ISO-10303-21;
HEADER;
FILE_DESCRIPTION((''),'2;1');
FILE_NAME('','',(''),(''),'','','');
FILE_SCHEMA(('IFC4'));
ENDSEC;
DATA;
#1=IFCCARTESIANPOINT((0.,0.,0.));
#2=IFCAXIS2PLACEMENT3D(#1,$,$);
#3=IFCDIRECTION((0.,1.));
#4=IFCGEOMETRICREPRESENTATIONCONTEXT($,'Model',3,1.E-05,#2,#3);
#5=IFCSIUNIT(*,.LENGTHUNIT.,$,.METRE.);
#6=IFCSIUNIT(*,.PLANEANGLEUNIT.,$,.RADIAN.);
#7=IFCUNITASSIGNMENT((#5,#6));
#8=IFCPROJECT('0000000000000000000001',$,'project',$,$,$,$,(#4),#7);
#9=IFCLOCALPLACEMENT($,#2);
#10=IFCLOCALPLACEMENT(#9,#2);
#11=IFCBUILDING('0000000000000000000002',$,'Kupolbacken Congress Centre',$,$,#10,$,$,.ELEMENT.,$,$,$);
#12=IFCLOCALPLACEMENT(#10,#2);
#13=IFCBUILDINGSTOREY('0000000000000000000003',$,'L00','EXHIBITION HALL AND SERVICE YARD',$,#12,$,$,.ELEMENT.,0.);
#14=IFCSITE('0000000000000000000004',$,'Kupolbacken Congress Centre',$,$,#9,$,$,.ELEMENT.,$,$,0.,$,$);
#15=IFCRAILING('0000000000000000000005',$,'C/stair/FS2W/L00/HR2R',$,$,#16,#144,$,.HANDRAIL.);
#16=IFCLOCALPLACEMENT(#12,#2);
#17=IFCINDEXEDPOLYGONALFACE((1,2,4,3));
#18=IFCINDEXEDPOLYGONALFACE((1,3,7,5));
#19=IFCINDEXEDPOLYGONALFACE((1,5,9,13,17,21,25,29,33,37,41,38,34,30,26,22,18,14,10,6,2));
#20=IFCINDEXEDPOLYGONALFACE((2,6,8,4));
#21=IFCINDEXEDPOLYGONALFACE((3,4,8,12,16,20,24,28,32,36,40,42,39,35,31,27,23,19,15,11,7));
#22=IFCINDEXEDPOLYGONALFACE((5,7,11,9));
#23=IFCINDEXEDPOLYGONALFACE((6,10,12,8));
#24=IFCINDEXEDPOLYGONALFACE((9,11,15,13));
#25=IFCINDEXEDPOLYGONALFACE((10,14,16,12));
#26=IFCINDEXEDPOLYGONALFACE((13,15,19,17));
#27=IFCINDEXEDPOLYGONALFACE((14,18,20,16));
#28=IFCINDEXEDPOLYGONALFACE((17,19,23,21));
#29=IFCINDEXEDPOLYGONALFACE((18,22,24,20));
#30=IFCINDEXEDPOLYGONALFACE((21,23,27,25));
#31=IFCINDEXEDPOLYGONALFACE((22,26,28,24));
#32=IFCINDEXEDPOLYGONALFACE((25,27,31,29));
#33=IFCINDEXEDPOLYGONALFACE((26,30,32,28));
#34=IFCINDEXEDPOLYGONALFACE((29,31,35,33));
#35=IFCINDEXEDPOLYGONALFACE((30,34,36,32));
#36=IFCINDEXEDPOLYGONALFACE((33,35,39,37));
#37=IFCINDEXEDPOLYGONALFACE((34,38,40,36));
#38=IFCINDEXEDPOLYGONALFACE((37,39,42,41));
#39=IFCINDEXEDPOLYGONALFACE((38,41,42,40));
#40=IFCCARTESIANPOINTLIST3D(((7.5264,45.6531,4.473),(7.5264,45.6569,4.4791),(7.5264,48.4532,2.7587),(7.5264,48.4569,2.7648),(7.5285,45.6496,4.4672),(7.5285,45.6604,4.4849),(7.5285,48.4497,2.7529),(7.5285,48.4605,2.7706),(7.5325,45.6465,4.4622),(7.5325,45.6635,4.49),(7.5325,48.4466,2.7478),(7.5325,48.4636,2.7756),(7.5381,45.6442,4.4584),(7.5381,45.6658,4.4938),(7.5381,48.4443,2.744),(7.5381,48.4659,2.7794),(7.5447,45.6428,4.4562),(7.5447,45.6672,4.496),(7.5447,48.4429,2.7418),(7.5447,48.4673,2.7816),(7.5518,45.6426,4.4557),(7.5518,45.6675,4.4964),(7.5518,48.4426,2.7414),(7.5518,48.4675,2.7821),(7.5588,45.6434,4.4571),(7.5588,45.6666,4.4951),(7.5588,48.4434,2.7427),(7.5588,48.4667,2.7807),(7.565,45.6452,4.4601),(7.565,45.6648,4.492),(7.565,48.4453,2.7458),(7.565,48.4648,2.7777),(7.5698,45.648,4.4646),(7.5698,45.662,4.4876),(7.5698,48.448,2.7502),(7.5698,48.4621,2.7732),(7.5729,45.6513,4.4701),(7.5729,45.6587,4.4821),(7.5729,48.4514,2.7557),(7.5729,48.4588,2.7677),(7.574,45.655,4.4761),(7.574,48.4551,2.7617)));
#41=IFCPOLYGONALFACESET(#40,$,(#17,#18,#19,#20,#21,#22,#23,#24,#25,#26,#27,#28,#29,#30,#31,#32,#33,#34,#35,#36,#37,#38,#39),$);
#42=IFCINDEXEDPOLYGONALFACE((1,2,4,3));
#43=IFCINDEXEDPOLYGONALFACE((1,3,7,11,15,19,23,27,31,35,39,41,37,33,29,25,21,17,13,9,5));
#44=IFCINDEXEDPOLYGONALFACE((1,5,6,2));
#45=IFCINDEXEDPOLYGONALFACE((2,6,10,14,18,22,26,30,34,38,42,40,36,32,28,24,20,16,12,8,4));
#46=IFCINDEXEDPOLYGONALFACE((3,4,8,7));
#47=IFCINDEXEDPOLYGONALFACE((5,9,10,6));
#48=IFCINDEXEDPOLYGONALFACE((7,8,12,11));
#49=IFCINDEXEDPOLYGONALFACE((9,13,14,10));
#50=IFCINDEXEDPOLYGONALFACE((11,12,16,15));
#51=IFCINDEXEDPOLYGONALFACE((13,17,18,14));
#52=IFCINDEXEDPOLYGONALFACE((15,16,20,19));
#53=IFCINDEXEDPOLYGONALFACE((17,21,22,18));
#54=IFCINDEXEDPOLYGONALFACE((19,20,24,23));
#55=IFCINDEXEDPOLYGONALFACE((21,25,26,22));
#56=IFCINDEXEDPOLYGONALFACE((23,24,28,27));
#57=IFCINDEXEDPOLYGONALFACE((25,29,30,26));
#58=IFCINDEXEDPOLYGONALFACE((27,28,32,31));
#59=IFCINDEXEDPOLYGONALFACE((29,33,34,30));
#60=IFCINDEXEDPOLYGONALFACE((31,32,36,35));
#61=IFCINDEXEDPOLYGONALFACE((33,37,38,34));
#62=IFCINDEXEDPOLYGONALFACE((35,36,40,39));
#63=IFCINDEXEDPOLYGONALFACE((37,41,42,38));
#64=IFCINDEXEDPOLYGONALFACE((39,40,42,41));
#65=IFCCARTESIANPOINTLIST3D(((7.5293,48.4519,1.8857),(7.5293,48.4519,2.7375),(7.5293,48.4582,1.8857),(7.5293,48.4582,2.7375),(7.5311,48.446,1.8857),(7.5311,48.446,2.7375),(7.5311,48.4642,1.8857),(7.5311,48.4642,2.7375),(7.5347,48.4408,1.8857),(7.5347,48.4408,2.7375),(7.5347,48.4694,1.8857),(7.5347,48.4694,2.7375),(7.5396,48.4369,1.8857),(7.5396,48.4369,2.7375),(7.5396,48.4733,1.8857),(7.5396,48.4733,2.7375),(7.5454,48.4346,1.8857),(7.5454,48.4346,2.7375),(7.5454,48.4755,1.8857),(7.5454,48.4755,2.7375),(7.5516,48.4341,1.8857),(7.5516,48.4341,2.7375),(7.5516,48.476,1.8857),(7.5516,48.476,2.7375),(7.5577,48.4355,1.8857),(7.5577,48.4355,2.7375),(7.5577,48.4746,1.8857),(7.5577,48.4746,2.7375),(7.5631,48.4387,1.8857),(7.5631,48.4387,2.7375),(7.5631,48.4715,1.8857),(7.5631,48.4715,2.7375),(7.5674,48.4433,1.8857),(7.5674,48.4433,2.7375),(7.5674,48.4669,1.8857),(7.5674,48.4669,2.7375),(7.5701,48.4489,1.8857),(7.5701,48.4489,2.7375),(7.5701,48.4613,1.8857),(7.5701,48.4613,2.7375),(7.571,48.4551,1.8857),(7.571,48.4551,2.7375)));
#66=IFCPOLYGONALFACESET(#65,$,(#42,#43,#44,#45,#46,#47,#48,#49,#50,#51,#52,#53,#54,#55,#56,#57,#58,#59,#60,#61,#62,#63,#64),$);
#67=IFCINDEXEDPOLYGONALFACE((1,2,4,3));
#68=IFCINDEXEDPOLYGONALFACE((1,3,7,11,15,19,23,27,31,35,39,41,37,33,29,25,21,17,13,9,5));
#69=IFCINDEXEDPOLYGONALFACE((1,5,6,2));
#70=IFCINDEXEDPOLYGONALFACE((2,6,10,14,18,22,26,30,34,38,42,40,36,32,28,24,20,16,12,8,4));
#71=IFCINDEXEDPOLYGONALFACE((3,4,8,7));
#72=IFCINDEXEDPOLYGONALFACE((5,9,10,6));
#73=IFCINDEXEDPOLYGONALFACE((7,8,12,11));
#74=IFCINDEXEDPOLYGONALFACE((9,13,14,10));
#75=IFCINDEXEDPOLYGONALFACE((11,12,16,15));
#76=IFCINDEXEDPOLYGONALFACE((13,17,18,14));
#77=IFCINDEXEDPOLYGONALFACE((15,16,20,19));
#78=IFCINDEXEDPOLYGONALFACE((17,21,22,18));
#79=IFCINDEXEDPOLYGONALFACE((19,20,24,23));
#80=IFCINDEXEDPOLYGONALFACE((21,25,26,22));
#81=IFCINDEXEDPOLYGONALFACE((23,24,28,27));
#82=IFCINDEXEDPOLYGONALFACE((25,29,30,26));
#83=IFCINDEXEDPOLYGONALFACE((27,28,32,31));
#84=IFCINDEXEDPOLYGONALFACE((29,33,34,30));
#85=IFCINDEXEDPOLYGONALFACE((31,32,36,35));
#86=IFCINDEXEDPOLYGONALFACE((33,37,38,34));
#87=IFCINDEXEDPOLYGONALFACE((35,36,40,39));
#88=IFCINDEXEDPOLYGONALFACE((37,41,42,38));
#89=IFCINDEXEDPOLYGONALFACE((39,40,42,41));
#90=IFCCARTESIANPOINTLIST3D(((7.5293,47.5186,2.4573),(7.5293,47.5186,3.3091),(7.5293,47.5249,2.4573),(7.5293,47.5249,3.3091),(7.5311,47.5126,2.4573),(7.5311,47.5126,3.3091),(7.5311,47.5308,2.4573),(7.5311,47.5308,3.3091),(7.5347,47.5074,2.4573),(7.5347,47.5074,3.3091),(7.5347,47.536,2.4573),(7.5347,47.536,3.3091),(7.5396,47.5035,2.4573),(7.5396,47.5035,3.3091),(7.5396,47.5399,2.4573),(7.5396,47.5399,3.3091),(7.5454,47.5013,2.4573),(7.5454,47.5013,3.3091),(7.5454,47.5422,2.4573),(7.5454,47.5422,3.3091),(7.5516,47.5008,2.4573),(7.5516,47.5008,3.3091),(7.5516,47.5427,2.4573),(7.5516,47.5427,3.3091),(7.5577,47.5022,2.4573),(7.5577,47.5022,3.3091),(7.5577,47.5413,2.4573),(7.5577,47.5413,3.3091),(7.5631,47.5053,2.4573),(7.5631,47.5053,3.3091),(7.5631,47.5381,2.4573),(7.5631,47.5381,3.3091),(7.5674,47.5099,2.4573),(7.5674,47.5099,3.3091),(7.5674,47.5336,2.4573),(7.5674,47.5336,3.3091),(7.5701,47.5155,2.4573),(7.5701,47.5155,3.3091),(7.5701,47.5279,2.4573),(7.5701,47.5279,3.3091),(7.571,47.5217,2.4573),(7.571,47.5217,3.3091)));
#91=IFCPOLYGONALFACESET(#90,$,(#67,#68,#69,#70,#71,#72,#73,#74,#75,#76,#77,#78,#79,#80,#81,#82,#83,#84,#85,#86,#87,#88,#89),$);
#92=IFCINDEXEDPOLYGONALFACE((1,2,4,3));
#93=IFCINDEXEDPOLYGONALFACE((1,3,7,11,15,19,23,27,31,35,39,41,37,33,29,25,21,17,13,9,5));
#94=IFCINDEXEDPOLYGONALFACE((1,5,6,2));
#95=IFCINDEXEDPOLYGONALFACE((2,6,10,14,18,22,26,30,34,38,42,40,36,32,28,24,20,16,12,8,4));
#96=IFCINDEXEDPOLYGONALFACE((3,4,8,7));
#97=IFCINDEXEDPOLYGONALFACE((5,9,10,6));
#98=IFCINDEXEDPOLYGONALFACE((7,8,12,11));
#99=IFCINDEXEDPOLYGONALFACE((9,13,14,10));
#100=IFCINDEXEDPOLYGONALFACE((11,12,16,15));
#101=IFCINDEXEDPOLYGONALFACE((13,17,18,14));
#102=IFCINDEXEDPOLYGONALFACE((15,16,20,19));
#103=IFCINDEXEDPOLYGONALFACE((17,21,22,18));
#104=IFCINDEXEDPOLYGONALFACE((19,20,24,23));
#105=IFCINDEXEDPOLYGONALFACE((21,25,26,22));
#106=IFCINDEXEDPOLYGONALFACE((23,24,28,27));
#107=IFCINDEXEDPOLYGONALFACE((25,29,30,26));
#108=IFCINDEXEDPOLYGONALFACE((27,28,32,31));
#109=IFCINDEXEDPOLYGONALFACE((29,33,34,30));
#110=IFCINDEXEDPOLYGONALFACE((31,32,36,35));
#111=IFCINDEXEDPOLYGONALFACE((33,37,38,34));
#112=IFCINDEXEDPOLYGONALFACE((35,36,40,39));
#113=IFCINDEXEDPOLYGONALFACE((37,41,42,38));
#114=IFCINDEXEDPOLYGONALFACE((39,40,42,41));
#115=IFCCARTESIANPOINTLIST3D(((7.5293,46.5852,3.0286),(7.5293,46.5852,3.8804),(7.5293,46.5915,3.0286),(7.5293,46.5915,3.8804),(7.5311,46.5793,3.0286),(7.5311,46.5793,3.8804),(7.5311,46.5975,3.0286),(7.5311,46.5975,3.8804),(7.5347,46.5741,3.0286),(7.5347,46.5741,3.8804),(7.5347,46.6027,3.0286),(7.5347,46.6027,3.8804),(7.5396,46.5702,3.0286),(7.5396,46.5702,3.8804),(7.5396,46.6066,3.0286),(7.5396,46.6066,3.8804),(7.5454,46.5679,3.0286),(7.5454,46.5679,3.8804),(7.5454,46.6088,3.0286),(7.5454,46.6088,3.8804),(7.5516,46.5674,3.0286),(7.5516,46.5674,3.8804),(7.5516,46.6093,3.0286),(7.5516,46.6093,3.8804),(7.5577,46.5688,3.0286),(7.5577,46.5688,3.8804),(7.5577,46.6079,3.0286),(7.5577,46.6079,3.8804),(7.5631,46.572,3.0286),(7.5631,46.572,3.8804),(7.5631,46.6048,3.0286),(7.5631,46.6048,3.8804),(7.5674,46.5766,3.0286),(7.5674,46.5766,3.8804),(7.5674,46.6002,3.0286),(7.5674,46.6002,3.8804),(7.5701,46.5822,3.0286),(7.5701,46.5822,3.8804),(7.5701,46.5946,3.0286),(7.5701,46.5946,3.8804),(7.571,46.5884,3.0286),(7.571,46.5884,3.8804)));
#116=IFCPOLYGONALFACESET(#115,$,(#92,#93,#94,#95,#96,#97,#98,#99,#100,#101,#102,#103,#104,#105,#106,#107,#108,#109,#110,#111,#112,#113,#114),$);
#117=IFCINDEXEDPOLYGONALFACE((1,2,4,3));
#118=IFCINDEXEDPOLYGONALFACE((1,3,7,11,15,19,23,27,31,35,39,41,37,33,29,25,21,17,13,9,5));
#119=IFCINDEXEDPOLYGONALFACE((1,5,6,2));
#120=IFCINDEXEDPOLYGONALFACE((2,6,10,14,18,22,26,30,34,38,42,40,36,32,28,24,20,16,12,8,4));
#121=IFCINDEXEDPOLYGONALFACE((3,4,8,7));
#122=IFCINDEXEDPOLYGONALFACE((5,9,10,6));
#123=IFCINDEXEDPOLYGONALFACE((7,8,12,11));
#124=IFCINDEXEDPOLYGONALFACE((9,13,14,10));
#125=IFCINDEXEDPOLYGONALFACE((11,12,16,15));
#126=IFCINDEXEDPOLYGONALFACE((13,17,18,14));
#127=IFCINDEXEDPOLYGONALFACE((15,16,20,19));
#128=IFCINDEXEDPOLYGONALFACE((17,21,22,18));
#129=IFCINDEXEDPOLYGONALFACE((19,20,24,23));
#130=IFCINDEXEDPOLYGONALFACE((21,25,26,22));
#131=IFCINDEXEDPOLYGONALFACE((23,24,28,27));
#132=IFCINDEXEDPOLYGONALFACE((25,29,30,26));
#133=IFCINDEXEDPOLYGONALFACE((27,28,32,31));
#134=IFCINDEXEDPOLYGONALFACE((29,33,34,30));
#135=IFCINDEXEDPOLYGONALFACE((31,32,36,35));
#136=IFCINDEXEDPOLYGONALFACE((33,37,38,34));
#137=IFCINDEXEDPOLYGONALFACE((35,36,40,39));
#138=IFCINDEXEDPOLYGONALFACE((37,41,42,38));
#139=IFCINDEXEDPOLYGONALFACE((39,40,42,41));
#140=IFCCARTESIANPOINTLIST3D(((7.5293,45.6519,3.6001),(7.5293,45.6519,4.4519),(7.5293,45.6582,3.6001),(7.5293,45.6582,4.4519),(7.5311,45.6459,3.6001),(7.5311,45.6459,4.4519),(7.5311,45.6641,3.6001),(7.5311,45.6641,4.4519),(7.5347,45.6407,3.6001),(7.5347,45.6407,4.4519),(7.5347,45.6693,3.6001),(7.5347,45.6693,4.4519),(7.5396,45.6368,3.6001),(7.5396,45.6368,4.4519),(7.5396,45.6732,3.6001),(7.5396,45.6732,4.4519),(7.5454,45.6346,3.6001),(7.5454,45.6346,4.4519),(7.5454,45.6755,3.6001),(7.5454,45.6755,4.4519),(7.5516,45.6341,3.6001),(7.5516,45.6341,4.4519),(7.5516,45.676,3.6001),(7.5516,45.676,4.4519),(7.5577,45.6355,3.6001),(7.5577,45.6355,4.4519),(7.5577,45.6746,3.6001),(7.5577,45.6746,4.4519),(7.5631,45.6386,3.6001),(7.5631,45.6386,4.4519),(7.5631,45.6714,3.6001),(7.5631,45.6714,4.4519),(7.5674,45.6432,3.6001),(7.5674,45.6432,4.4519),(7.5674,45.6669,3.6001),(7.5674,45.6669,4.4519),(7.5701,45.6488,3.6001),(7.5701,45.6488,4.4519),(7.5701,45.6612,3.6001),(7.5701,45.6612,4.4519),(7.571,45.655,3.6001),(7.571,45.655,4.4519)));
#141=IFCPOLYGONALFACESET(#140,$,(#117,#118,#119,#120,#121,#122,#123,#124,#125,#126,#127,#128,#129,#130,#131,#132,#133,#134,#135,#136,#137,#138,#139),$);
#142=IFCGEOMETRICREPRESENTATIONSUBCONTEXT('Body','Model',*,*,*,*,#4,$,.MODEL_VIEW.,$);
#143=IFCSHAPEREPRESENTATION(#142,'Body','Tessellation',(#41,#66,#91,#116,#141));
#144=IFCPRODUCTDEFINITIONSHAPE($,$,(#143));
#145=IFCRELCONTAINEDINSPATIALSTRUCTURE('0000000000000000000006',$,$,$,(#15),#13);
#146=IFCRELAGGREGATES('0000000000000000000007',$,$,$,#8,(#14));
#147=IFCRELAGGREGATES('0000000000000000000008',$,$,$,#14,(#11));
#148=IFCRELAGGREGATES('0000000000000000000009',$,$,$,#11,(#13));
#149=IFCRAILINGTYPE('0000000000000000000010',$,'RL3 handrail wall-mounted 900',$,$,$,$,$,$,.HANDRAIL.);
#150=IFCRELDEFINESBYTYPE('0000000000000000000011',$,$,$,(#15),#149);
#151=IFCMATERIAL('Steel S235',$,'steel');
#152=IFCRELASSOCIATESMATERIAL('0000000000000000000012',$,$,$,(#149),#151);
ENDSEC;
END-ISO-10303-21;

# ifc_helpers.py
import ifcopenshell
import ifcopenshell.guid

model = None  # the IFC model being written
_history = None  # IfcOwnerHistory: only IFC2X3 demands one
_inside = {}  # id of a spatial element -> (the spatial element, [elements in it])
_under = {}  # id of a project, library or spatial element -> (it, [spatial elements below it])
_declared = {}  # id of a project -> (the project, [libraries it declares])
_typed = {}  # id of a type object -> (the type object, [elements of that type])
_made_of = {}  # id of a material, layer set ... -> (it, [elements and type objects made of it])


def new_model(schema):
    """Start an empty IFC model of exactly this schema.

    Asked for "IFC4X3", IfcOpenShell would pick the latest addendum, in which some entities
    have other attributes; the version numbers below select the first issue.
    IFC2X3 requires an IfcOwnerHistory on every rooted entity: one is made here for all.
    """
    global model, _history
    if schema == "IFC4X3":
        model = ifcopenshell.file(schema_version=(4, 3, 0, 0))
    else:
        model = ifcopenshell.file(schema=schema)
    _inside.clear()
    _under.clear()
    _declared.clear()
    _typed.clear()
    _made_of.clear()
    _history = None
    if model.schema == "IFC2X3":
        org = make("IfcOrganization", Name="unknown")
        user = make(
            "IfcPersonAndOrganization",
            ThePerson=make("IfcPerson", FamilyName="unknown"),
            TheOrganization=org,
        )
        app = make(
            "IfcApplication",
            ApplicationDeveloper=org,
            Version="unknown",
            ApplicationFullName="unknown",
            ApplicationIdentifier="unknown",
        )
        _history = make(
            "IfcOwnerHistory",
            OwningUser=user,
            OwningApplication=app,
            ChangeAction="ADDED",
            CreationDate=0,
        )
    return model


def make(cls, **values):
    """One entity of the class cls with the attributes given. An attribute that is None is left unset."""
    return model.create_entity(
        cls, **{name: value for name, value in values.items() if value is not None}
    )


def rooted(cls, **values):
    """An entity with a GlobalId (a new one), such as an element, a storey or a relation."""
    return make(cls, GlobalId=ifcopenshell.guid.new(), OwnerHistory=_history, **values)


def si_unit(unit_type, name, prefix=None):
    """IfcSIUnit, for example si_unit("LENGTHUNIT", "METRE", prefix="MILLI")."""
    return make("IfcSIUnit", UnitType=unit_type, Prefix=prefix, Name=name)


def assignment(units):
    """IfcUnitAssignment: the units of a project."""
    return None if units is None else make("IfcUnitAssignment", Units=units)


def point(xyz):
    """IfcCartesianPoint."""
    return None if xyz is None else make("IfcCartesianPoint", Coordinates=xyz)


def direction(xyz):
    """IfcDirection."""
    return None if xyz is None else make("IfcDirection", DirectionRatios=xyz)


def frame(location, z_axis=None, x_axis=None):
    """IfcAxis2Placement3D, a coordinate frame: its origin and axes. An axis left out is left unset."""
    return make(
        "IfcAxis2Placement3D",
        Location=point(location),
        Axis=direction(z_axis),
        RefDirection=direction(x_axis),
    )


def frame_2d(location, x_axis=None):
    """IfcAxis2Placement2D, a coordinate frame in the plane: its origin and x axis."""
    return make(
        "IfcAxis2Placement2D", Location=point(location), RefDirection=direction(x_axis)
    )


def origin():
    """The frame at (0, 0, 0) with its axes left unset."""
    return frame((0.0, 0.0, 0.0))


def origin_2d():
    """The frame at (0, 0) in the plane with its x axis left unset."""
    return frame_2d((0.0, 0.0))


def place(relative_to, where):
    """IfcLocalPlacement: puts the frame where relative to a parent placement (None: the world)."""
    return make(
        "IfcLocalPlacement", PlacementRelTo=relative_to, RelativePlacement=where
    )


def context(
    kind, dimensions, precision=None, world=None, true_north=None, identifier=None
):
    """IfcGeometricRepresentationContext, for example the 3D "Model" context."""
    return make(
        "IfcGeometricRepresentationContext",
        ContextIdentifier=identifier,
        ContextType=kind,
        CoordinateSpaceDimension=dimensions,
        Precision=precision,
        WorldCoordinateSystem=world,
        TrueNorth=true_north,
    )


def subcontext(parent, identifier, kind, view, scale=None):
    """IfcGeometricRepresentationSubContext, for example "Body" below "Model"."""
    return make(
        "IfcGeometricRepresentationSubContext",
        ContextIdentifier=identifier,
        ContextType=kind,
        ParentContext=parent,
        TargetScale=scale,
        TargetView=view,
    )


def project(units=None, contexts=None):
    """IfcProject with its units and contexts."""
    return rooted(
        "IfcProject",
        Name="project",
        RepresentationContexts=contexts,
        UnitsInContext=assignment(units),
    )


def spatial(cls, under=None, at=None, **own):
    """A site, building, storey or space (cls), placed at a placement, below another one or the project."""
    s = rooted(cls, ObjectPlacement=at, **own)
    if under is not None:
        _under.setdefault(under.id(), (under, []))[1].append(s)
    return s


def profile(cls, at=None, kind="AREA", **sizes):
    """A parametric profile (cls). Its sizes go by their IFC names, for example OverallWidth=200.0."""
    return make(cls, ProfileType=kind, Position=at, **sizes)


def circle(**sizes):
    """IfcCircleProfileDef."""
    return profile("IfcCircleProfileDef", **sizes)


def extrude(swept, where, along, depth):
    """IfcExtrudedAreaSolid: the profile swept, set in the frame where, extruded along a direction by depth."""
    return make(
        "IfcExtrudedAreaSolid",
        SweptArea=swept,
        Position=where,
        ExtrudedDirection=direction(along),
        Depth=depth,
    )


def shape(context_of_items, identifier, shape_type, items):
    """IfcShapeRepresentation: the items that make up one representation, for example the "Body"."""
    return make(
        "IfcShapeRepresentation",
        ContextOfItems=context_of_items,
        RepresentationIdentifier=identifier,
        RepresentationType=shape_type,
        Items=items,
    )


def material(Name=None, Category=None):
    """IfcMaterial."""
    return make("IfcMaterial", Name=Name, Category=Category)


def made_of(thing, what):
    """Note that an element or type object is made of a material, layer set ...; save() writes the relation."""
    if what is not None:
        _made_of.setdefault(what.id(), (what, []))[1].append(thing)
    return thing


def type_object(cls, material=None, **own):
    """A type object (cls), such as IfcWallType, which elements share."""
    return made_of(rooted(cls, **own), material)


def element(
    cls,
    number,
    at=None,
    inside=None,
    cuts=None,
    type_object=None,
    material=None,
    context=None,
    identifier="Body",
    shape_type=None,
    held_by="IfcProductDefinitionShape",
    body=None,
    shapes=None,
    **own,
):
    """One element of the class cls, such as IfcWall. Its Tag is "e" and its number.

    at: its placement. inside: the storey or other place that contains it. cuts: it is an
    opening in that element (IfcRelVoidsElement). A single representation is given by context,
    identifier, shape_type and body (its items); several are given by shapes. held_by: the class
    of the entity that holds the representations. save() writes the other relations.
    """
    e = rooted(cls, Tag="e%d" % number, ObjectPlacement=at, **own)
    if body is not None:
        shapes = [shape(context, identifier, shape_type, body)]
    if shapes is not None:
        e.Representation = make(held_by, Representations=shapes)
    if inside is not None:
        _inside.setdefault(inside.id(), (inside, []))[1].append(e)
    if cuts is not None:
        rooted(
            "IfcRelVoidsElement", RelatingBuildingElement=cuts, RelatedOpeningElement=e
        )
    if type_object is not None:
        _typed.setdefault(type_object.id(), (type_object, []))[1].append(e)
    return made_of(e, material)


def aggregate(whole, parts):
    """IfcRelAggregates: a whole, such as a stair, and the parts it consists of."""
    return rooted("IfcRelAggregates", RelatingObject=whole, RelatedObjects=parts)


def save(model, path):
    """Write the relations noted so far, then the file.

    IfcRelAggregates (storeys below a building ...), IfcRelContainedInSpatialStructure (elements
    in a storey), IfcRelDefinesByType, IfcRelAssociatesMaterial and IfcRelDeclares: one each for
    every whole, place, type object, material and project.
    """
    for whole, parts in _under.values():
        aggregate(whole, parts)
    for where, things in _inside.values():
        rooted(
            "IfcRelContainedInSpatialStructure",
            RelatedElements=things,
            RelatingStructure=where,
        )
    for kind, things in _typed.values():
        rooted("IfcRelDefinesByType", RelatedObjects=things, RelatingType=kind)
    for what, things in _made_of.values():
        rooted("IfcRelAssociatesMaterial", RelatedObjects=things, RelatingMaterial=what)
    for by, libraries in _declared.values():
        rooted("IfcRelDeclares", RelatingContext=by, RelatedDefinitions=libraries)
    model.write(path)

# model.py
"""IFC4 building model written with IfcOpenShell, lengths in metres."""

from ifc_helpers import new_model, si_unit, direction, frame, origin, origin_2d, place, context, subcontext, project, spatial, circle, extrude, material, type_object, element, save


model = new_model("IFC4")

# Units and contexts
model_context = context("Model", 3, precision=1e-05, world=origin(), true_north=direction((0.0, 1.0)))
body_context = subcontext(model_context, "Body", "Model", "MODEL_VIEW")
ifc_project = project(units=[si_unit("LENGTHUNIT", "METRE"), si_unit("PLANEANGLEUNIT", "RADIAN")], contexts=[model_context])

# Site, building, storey
site_placement = place(None, origin())
site = spatial("IfcSite", under=ifc_project, at=site_placement, Name="Kupolbacken Congress Centre", CompositionType="ELEMENT", RefElevation=0.0)
building_placement = place(site_placement, origin())
building = spatial("IfcBuilding", under=site, at=building_placement, Name="Kupolbacken Congress Centre", CompositionType="ELEMENT")
storey_placement = place(building_placement, origin())
storey = spatial("IfcBuildingStorey", under=building, at=storey_placement, Name="L00", Description="EXHIBITION HALL AND SERVICE YARD", CompositionType="ELEMENT", Elevation=0.0)

# Railing
ifc_material_1 = material(Name="Steel S235", Category="steel")
railing_type = type_object("IfcRailingType", Name="RL3 handrail wall-mounted 900", PredefinedType="HANDRAIL", material=ifc_material_1)
for number, where, name in (
    (1, (7.55, 48.4551, 1.8857), "C/stair/FS2W/L00/HR2R"),
):
    element("IfcRailing", number, at=place(storey_placement, frame(where)), inside=storey, type_object=railing_type, Name=name, PredefinedType="HANDRAIL", context=body_context, shape_type="SweptSolid", body=[
        extrude(circle(Radius=0.0239, at=origin_2d()), frame((0.0, 0.0, 0.876), z_axis=(0.0, -0.852846, 0.522163), x_axis=(1.0, 0.0, 0.0)), (0.0, 0.0, 1.0), 3.2832),
        extrude(circle(Radius=0.021, at=origin_2d()), origin(), (0.0, 0.0, 1.0), 0.8518),
        extrude(circle(Radius=0.021, at=origin_2d()), frame((0.0, -0.9333, 0.5715)), (0.0, 0.0, 1.0), 0.8518),
        extrude(circle(Radius=0.021, at=origin_2d()), frame((0.0, -1.8667, 1.1428)), (0.0, 0.0, 1.0), 0.8518),
        extrude(circle(Radius=0.021, at=origin_2d()), frame((0.0, -2.8, 1.7144)), (0.0, 0.0, 1.0), 0.8518),
    ])

save(model, "model.ifc")
